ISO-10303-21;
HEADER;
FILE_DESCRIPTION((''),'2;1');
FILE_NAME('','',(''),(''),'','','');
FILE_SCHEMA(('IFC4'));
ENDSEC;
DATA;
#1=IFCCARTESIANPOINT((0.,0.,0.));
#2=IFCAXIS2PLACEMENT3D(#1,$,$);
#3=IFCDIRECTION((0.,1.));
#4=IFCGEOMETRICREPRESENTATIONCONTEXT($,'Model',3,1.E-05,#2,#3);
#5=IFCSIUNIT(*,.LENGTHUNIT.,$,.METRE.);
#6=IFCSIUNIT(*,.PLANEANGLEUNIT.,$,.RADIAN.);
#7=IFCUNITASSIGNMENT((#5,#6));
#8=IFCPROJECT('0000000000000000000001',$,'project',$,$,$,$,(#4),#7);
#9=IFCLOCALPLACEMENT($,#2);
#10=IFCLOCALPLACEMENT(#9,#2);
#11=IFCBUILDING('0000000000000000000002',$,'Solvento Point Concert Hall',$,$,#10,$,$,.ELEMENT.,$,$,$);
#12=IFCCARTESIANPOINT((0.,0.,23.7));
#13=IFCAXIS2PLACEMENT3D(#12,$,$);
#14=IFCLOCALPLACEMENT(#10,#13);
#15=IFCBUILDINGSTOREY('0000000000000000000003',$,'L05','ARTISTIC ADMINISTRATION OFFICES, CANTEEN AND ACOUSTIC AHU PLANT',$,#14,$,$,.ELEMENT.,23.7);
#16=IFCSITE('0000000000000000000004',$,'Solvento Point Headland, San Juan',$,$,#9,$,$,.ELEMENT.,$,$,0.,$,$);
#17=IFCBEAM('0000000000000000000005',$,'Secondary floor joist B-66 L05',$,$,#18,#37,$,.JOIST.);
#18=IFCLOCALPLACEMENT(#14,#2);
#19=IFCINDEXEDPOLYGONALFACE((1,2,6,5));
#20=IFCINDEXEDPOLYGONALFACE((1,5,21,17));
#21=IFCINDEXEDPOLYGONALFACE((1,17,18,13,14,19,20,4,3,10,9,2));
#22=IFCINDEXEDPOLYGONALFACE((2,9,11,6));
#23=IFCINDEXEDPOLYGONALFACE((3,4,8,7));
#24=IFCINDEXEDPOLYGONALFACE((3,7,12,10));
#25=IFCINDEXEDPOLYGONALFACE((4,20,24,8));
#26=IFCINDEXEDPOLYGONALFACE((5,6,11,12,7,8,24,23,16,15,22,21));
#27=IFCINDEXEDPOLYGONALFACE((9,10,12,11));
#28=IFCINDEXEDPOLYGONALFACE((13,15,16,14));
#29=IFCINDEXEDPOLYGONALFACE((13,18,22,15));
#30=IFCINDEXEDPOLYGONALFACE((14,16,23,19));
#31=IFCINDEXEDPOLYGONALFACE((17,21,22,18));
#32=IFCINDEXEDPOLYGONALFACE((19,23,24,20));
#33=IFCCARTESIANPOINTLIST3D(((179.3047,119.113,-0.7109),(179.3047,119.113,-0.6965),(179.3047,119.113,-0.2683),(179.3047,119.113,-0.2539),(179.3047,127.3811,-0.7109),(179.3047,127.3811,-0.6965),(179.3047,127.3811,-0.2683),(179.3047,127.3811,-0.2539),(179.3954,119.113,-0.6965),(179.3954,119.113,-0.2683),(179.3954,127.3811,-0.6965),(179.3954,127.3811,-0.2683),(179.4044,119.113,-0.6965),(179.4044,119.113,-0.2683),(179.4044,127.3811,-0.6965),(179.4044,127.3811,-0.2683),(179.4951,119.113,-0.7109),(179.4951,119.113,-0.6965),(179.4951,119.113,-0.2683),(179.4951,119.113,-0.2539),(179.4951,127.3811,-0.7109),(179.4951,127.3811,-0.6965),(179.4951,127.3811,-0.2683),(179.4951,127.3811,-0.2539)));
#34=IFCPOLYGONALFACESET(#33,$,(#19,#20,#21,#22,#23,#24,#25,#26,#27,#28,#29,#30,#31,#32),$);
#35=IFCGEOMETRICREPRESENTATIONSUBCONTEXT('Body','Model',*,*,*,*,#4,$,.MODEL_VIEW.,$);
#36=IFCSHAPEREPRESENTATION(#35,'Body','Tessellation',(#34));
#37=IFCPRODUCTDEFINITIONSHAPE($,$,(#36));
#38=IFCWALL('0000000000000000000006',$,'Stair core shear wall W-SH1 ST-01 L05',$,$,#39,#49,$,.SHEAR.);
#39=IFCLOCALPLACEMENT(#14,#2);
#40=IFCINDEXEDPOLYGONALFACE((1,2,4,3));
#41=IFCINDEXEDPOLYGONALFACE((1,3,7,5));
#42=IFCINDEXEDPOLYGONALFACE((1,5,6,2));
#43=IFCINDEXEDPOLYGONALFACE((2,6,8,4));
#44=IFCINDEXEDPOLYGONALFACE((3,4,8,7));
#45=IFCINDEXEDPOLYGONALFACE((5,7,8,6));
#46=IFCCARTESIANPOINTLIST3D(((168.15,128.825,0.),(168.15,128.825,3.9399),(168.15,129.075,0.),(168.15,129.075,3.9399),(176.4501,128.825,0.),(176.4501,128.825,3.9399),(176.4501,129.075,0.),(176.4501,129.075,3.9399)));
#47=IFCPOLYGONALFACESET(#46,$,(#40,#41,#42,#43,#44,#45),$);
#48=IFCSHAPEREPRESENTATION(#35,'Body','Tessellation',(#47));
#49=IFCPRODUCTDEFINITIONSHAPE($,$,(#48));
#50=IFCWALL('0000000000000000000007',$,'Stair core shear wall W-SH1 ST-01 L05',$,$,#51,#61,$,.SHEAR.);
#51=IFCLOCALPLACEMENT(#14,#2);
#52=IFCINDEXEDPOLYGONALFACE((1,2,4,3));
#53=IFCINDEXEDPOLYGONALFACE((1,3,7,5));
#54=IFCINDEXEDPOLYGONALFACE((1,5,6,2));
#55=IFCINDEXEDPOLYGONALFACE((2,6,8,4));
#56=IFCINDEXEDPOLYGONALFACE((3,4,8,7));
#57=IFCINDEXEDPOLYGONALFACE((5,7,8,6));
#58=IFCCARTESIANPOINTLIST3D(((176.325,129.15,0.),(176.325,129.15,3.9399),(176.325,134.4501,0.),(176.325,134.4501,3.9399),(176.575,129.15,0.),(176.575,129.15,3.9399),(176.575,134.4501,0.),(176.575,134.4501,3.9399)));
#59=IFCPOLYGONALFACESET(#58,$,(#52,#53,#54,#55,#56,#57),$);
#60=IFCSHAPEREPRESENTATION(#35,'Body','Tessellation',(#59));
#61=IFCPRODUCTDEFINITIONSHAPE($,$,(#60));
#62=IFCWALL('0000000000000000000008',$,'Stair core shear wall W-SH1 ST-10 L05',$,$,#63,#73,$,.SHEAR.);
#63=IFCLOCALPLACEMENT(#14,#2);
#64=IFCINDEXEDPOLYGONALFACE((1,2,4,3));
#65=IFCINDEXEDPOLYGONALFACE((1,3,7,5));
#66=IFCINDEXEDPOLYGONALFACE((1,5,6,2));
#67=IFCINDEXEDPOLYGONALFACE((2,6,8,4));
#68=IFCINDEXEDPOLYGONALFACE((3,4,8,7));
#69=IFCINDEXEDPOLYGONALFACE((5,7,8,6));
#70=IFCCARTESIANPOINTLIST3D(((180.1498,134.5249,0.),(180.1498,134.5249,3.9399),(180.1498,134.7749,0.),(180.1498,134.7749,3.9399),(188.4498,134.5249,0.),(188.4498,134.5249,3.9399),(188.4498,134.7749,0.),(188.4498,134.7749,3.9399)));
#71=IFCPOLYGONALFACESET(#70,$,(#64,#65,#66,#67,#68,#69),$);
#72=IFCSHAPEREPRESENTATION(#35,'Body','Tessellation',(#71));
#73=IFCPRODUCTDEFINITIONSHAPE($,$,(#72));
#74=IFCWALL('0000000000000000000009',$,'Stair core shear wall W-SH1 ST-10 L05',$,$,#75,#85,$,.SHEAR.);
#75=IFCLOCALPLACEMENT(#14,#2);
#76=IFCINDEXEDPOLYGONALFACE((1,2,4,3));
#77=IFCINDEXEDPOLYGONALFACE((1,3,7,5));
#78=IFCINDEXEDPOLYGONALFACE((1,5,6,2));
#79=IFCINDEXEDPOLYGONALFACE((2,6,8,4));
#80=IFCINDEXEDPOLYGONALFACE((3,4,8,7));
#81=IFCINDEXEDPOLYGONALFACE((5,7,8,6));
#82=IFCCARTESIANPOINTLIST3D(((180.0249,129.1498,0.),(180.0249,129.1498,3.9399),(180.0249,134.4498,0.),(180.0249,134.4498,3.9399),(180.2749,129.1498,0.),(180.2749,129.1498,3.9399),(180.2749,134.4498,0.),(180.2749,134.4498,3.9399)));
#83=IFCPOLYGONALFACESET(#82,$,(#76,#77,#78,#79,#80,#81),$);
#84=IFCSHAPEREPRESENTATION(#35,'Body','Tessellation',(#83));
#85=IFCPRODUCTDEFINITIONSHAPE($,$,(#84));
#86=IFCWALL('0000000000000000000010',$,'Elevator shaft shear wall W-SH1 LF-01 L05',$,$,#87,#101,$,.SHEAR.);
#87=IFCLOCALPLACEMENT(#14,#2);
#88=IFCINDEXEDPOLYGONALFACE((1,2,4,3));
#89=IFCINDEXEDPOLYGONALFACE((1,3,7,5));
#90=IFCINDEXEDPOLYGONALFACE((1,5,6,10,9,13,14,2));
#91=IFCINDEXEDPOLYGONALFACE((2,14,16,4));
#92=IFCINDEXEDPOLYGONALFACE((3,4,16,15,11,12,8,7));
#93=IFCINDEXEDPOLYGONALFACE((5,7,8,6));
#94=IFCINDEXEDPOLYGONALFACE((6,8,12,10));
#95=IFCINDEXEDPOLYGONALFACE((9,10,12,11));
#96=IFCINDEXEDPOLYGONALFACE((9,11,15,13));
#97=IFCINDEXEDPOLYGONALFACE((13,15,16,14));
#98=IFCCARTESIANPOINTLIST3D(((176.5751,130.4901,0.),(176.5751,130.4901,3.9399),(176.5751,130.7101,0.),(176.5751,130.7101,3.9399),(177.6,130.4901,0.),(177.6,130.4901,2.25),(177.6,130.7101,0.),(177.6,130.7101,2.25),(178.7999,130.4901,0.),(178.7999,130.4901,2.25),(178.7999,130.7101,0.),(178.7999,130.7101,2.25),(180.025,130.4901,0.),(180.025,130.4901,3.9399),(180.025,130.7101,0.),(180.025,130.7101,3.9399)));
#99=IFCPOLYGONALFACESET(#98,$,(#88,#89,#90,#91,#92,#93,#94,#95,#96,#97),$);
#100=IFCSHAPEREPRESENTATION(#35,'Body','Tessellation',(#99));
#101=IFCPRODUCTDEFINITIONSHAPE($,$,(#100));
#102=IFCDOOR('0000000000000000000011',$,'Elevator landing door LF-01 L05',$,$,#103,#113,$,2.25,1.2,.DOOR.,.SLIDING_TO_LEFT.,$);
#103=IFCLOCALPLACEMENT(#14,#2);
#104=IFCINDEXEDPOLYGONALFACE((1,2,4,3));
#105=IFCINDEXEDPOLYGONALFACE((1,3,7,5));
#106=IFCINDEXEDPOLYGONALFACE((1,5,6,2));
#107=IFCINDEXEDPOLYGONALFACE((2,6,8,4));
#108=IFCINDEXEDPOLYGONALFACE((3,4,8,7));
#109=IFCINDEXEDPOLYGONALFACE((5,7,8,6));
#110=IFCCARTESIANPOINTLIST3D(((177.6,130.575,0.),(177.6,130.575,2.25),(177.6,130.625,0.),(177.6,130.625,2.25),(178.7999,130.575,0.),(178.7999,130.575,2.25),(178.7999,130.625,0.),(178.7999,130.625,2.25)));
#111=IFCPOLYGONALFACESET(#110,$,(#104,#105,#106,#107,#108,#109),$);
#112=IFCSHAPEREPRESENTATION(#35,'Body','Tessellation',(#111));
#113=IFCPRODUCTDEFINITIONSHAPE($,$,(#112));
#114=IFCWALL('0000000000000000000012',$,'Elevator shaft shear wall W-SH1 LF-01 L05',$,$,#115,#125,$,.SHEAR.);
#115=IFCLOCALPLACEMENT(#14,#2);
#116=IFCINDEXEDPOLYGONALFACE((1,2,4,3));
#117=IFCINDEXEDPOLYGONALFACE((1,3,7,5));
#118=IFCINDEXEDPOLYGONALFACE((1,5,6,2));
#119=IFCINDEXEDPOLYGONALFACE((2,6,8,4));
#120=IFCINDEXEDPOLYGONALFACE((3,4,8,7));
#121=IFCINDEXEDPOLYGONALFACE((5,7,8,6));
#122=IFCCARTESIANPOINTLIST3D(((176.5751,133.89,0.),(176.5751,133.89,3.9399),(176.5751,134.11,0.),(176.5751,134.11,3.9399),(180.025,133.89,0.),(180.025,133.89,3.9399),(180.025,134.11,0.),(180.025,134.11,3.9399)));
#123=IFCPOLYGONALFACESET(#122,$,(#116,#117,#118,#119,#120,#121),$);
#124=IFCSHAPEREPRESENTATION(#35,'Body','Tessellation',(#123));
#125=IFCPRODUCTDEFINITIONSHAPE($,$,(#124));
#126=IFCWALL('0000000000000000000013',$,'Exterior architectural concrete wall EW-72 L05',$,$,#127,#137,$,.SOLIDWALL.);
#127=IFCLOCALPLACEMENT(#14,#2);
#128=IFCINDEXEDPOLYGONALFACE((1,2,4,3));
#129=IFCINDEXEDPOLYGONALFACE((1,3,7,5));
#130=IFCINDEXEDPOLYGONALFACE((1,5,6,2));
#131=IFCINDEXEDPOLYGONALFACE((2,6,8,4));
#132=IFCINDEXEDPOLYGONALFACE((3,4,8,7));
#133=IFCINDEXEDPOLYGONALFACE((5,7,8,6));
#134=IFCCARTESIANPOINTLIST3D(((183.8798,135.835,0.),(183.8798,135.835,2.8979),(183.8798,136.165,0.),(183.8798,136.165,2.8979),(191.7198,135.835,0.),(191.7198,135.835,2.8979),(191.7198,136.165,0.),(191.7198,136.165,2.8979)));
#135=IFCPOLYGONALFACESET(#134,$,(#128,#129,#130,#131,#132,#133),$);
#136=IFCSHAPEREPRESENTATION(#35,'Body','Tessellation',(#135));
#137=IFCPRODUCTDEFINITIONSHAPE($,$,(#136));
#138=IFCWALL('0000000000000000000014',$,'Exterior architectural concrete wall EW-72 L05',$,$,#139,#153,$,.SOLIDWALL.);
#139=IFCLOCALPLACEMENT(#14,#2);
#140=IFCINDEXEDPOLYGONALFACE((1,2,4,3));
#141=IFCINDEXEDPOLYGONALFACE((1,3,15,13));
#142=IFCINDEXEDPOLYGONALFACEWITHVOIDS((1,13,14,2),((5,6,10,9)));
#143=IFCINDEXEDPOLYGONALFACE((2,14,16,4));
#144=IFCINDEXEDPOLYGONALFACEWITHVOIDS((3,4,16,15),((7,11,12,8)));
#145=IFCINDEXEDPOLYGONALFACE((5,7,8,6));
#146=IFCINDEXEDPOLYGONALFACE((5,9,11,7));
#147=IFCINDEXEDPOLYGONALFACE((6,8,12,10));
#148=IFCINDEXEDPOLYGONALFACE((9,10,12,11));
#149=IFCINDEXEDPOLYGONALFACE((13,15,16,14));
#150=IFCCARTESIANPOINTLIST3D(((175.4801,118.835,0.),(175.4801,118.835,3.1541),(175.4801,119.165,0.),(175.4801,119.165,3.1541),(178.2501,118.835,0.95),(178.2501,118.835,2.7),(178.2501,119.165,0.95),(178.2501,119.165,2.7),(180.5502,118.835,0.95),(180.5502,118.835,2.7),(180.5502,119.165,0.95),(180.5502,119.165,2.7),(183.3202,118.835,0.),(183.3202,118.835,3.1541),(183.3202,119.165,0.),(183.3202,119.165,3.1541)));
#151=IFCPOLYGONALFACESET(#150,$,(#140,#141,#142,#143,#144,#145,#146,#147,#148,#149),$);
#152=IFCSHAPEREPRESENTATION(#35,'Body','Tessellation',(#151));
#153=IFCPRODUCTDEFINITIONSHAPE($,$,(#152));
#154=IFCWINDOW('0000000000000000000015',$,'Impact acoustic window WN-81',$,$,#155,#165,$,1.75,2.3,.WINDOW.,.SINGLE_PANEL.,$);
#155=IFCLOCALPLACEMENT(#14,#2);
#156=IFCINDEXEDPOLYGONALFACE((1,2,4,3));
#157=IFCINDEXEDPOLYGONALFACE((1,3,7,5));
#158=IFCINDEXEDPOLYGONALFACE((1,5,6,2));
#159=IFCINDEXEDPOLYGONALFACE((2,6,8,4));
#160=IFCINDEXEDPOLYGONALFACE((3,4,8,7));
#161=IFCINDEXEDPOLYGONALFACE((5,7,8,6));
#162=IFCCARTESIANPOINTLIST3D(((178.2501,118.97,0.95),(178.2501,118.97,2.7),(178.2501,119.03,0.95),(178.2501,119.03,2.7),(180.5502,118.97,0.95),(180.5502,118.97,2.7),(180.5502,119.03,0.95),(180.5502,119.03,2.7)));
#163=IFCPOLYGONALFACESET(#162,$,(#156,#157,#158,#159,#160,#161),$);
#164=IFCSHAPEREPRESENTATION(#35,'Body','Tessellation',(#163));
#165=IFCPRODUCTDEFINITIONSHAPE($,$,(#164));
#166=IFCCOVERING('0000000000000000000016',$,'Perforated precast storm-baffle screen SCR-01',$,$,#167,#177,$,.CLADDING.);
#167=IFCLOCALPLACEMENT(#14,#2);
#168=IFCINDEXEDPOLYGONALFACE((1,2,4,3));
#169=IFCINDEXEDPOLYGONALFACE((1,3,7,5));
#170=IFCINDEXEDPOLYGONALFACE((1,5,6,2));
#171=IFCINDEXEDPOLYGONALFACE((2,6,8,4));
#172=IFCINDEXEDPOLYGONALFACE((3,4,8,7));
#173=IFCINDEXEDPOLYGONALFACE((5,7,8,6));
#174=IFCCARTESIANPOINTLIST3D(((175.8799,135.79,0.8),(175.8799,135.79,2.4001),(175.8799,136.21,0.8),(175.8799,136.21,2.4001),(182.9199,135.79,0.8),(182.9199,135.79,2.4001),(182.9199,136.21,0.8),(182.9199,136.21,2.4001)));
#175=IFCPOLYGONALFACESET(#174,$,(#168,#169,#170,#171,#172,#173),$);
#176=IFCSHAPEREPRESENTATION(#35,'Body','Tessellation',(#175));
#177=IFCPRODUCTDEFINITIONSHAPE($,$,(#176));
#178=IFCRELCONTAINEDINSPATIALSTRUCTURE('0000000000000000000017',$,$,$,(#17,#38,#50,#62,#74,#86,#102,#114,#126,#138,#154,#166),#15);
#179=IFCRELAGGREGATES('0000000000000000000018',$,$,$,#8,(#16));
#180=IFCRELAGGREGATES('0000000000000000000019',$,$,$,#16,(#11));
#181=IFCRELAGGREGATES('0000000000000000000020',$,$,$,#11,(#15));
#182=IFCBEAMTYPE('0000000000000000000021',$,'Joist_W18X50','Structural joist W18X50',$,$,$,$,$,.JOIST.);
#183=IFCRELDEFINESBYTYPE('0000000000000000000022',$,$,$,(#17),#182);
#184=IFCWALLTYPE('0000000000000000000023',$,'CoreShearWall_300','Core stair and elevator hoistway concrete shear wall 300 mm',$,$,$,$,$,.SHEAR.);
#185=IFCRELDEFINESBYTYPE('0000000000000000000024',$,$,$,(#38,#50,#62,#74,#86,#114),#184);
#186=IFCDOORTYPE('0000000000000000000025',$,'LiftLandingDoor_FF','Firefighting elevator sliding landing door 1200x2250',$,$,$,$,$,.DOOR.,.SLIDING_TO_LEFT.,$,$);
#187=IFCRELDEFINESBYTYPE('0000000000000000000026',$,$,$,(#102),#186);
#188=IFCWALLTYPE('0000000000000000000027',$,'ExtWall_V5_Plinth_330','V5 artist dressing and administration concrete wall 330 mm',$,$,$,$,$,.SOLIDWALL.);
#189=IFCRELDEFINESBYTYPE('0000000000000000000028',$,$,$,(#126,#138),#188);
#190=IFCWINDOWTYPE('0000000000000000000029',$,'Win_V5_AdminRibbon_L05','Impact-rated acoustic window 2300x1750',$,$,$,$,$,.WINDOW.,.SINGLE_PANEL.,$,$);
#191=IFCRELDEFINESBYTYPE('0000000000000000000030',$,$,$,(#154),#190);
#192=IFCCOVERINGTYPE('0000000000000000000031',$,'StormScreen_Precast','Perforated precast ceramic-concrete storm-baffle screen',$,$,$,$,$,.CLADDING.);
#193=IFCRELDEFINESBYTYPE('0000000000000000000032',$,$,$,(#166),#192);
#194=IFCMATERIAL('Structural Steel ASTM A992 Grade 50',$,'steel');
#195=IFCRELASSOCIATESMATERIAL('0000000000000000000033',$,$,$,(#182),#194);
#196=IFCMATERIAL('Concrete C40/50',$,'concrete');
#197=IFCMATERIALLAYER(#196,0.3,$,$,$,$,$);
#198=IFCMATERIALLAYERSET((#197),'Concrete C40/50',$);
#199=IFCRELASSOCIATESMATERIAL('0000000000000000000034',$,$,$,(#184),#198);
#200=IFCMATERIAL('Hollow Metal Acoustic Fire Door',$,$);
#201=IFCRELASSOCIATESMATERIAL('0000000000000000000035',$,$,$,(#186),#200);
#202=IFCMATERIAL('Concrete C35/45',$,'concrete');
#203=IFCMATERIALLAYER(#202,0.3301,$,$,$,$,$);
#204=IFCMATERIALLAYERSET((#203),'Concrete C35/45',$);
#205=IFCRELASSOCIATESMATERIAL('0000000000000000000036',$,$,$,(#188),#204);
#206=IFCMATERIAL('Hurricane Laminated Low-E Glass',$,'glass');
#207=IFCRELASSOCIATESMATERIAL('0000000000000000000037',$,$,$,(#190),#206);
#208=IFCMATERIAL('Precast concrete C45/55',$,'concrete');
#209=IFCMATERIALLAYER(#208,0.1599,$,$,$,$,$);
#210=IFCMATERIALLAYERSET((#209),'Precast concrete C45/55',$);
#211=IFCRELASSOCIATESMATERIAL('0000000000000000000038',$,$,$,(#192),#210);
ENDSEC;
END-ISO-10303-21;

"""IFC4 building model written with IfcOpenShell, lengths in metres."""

from ifc_helpers import new_model, si_unit, direction, frame, frame_2d, origin, origin_2d, place, context, subcontext, project, spatial, rectangle, i_section, extrude, material, layer, layer_set, material_profile, profile_set, type_object, element, fill, save


model = new_model("IFC4")

# Units and contexts
model_context = context("Model", 3, precision=1e-05, world=origin(), true_north=direction((0.0, 1.0)))
body_context = subcontext(model_context, "Body", "Model", "MODEL_VIEW")
ifc_project = project(units=[si_unit("LENGTHUNIT", "METRE"), si_unit("PLANEANGLEUNIT", "RADIAN")], contexts=[model_context])

# Site, building, storey
site_placement = place(None, origin())
site = spatial("IfcSite", under=ifc_project, at=site_placement, Name="Solvento Point Headland, San Juan", CompositionType="ELEMENT", RefElevation=0.0)
building_placement = place(site_placement, origin())
building = spatial("IfcBuilding", under=site, at=building_placement, Name="Solvento Point Concert Hall", CompositionType="ELEMENT")
storey_placement = place(building_placement, frame((0.0, 0.0, 23.7)))
storey = spatial("IfcBuildingStorey", under=building, at=storey_placement, Name="L05", Description="ARTISTIC ADMINISTRATION OFFICES, CANTEEN AND ACOUSTIC AHU PLANT", CompositionType="ELEMENT", Elevation=23.7)

# Beam
ifc_material_1 = material(Name="Structural Steel ASTM A992 Grade 50", Category="steel")
ifc_material_profile_1 = material_profile(ifc_material_1, i_section(OverallWidth=0.1904, OverallDepth=0.457, WebThickness=0.009, FlangeThickness=0.0144, at=origin_2d()), Name="W18X50")
ifc_profile_set_1 = profile_set([ifc_material_profile_1], Name="Structural Steel ASTM A992 Grade 50")
beam_type_1 = type_object("IfcBeamType", Name="Joist_W18X50", Description="Structural joist W18X50", PredefinedType="JOIST", material=ifc_profile_set_1)
beam_1_placement = place(storey_placement, frame((179.3999, 119.113, -0.4824), z_axis=(0.0, 1.0, 0.0), x_axis=(-1.0, 0.0, 0.0)))
element("IfcBeam", 1, at=beam_1_placement, inside=storey, type_object=beam_type_1, Name="Secondary floor joist B-66 L05", PredefinedType="JOIST", context=body_context, shape_type="SweptSolid", body=[
    extrude(i_section(OverallWidth=0.1904, OverallDepth=0.457, WebThickness=0.009, FlangeThickness=0.0144, at=origin_2d()), origin(), (0.0, 0.0, 1.0), 8.2681),
])

# Walls
ifc_material_2 = material(Name="Concrete C40/50", Category="concrete")
ifc_layer_1 = layer(ifc_material_2, 0.3)
ifc_layer_set_1 = layer_set([ifc_layer_1], Name="Concrete C40/50")
wall_type_1 = type_object("IfcWallType", Name="CoreShearWall_300", Description="Core stair and elevator hoistway concrete shear wall 300 mm", PredefinedType="SHEAR", material=ifc_layer_set_1)
wall_1_placement = place(storey_placement, frame((176.45, 128.95, 0.0), z_axis=(0.0, 0.0, 1.0), x_axis=(-1.0, 0.0, 0.0)))
element("IfcWall", 2, at=wall_1_placement, inside=storey, type_object=wall_type_1, Name="Stair core shear wall W-SH1 ST-01 L05", PredefinedType="SHEAR", context=body_context, shape_type="SweptSolid", body=[
    extrude(rectangle(XDim=8.3, YDim=0.25, at=frame_2d((4.1499, 0.0))), origin(), (0.0, 0.0, 1.0), 3.9399),
])
wall_2_placement = place(storey_placement, frame((176.45, 134.45, 0.0), z_axis=(0.0, 0.0, 1.0), x_axis=(0.0, -1.0, 0.0)))
element("IfcWall", 3, at=wall_2_placement, inside=storey, type_object=wall_type_1, Name="Stair core shear wall W-SH1 ST-01 L05", PredefinedType="SHEAR", context=body_context, shape_type="SweptSolid", body=[
    extrude(rectangle(XDim=5.3, YDim=0.25, at=frame_2d((2.6499, 0.0))), origin(), (0.0, 0.0, 1.0), 3.9399),
])
wall_3_placement = place(storey_placement, frame((180.1499, 134.6499, 0.0), z_axis=(0.0, 0.0, 1.0), x_axis=(1.0, 0.0, 0.0)))
element("IfcWall", 4, at=wall_3_placement, inside=storey, type_object=wall_type_1, Name="Stair core shear wall W-SH1 ST-10 L05", PredefinedType="SHEAR", context=body_context, shape_type="SweptSolid", body=[
    extrude(rectangle(XDim=8.3, YDim=0.25, at=frame_2d((4.1499, 0.0))), origin(), (0.0, 0.0, 1.0), 3.9399),
])
wall_4_placement = place(storey_placement, frame((180.1499, 129.1499, 0.0), z_axis=(0.0, 0.0, 1.0), x_axis=(0.0, 1.0, 0.0)))
element("IfcWall", 5, at=wall_4_placement, inside=storey, type_object=wall_type_1, Name="Stair core shear wall W-SH1 ST-10 L05", PredefinedType="SHEAR", context=body_context, shape_type="SweptSolid", body=[
    extrude(rectangle(XDim=5.3, YDim=0.25, at=frame_2d((2.6499, 0.0))), origin(), (0.0, 0.0, 1.0), 3.9399),
])

# Wall, opening, door
wall_5_placement = place(storey_placement, frame((176.575, 130.6001, 0.0), z_axis=(0.0, 0.0, 1.0), x_axis=(1.0, 0.0, 0.0)))
wall_5 = element("IfcWall", 6, at=wall_5_placement, inside=storey, type_object=wall_type_1, Name="Elevator shaft shear wall W-SH1 LF-01 L05", PredefinedType="SHEAR", context=body_context, shape_type="SweptSolid", body=[
    extrude(rectangle(XDim=3.45, YDim=0.22, at=frame_2d((1.7251, 0.0))), origin(), (0.0, 0.0, 1.0), 3.9399),
])
opening_1_placement = place(wall_5_placement, frame((1.0249, 0.0, 0.0)))
opening_1 = element("IfcOpeningElement", 7, at=opening_1_placement, cuts=wall_5, PredefinedType="OPENING", context=body_context, shape_type="SweptSolid", body=[
    extrude(rectangle(XDim=1.2, YDim=2.25, at=frame_2d((0.6001, 1.125))), frame((0.0, 0.1199, 0.0), z_axis=(0.0, -1.0, 0.0), x_axis=(1.0, 0.0, 0.0)), (0.0, 0.0, 1.0), 0.24),
])
ifc_material_3 = material(Name="Hollow Metal Acoustic Fire Door")
door_type = type_object("IfcDoorType", Name="LiftLandingDoor_FF", Description="Firefighting elevator sliding landing door 1200x2250", OperationType="SLIDING_TO_LEFT", PredefinedType="DOOR", material=ifc_material_3)
door_placement = place(opening_1_placement, origin())
door = element("IfcDoor", 8, at=door_placement, inside=storey, type_object=door_type, Name="Elevator landing door LF-01 L05", OperationType="SLIDING_TO_LEFT", OverallHeight=2.25, OverallWidth=1.2, PredefinedType="DOOR", context=body_context, shape_type="SweptSolid", body=[
    extrude(rectangle(XDim=1.2, YDim=2.25, at=frame_2d((0.6001, 1.125))), frame((0.0, 0.0249, 0.0), z_axis=(0.0, -1.0, 0.0), x_axis=(1.0, 0.0, 0.0)), (0.0, 0.0, 1.0), 0.05),
])
fill(opening_1, door)

# Walls
wall_6_placement = place(storey_placement, frame((176.575, 134.0, 0.0), z_axis=(0.0, 0.0, 1.0), x_axis=(1.0, 0.0, 0.0)))
element("IfcWall", 9, at=wall_6_placement, inside=storey, type_object=wall_type_1, Name="Elevator shaft shear wall W-SH1 LF-01 L05", PredefinedType="SHEAR", context=body_context, shape_type="SweptSolid", body=[
    extrude(rectangle(XDim=3.45, YDim=0.22, at=frame_2d((1.7251, 0.0))), origin(), (0.0, 0.0, 1.0), 3.9399),
])
ifc_material_4 = material(Name="Concrete C35/45", Category="concrete")
ifc_layer_2 = layer(ifc_material_4, 0.3301)
ifc_layer_set_2 = layer_set([ifc_layer_2], Name="Concrete C35/45")
wall_type_2 = type_object("IfcWallType", Name="ExtWall_V5_Plinth_330", Description="V5 artist dressing and administration concrete wall 330 mm", PredefinedType="SOLIDWALL", material=ifc_layer_set_2)
wall_7_placement = place(storey_placement, frame((183.8799, 136.0, 0.0), z_axis=(0.0, 0.0, 1.0), x_axis=(1.0, 0.0, 0.0)))
element("IfcWall", 10, at=wall_7_placement, inside=storey, type_object=wall_type_2, Name="Exterior architectural concrete wall EW-72 L05", PredefinedType="SOLIDWALL", context=body_context, shape_type="SweptSolid", body=[
    extrude(rectangle(XDim=7.8401, YDim=0.3301, at=frame_2d((3.9199, 0.0))), origin(), (0.0, 0.0, 1.0), 2.8979),
])

# Wall, opening, window
wall_8_placement = place(storey_placement, frame((183.3201, 119.0, 0.0), z_axis=(0.0, 0.0, 1.0), x_axis=(-1.0, 0.0, 0.0)))
wall_8 = element("IfcWall", 11, at=wall_8_placement, inside=storey, type_object=wall_type_2, Name="Exterior architectural concrete wall EW-72 L05", PredefinedType="SOLIDWALL", context=body_context, shape_type="SweptSolid", body=[
    extrude(rectangle(XDim=7.8401, YDim=0.3301, at=frame_2d((3.9199, 0.0))), origin(), (0.0, 0.0, 1.0), 3.1541),
])
opening_2_placement = place(wall_8_placement, frame((2.77, 0.0, 0.95)))
opening_2 = element("IfcOpeningElement", 12, at=opening_2_placement, cuts=wall_8, PredefinedType="OPENING", context=body_context, shape_type="SweptSolid", body=[
    extrude(rectangle(XDim=2.3, YDim=1.75, at=frame_2d((1.1499, 0.875))), frame((0.0, 0.175, 0.0), z_axis=(0.0, -1.0, 0.0), x_axis=(1.0, 0.0, 0.0)), (0.0, 0.0, 1.0), 0.3501),
])
ifc_material_5 = material(Name="Hurricane Laminated Low-E Glass", Category="glass")
window_type = type_object("IfcWindowType", Name="Win_V5_AdminRibbon_L05", Description="Impact-rated acoustic window 2300x1750", PartitioningType="SINGLE_PANEL", PredefinedType="WINDOW", material=ifc_material_5)
window_placement = place(opening_2_placement, origin())
window = element("IfcWindow", 13, at=window_placement, inside=storey, type_object=window_type, Name="Impact acoustic window WN-81", OverallHeight=1.75, OverallWidth=2.3, PartitioningType="SINGLE_PANEL", PredefinedType="WINDOW", context=body_context, shape_type="SweptSolid", body=[
    extrude(rectangle(XDim=2.3, YDim=1.75, at=frame_2d((1.1499, 0.875))), frame((0.0, 0.03, 0.0), z_axis=(0.0, -1.0, 0.0), x_axis=(1.0, 0.0, 0.0)), (0.0, 0.0, 1.0), 0.0601),
])
fill(opening_2, window)

# Covering
ifc_material_6 = material(Name="Precast concrete C45/55", Category="concrete")
ifc_layer_3 = layer(ifc_material_6, 0.1599)
ifc_layer_set_3 = layer_set([ifc_layer_3], Name="Precast concrete C45/55")
covering_type = type_object("IfcCoveringType", Name="StormScreen_Precast", Description="Perforated precast ceramic-concrete storm-baffle screen", PredefinedType="CLADDING", material=ifc_layer_set_3)
covering_placement = place(storey_placement, frame((179.3999, 136.0, 0.8), z_axis=(0.0, 0.0, 1.0), x_axis=(1.0, 0.0, 0.0)))
element("IfcCovering", 14, at=covering_placement, inside=storey, type_object=covering_type, Name="Perforated precast storm-baffle screen SCR-01", PredefinedType="CLADDING", context=body_context, shape_type="SweptSolid", body=[
    extrude(rectangle(XDim=7.04, YDim=0.4199, at=origin_2d()), origin(), (0.0, 0.0, 1.0), 1.6001),
])

save(model, "model.ifc")
